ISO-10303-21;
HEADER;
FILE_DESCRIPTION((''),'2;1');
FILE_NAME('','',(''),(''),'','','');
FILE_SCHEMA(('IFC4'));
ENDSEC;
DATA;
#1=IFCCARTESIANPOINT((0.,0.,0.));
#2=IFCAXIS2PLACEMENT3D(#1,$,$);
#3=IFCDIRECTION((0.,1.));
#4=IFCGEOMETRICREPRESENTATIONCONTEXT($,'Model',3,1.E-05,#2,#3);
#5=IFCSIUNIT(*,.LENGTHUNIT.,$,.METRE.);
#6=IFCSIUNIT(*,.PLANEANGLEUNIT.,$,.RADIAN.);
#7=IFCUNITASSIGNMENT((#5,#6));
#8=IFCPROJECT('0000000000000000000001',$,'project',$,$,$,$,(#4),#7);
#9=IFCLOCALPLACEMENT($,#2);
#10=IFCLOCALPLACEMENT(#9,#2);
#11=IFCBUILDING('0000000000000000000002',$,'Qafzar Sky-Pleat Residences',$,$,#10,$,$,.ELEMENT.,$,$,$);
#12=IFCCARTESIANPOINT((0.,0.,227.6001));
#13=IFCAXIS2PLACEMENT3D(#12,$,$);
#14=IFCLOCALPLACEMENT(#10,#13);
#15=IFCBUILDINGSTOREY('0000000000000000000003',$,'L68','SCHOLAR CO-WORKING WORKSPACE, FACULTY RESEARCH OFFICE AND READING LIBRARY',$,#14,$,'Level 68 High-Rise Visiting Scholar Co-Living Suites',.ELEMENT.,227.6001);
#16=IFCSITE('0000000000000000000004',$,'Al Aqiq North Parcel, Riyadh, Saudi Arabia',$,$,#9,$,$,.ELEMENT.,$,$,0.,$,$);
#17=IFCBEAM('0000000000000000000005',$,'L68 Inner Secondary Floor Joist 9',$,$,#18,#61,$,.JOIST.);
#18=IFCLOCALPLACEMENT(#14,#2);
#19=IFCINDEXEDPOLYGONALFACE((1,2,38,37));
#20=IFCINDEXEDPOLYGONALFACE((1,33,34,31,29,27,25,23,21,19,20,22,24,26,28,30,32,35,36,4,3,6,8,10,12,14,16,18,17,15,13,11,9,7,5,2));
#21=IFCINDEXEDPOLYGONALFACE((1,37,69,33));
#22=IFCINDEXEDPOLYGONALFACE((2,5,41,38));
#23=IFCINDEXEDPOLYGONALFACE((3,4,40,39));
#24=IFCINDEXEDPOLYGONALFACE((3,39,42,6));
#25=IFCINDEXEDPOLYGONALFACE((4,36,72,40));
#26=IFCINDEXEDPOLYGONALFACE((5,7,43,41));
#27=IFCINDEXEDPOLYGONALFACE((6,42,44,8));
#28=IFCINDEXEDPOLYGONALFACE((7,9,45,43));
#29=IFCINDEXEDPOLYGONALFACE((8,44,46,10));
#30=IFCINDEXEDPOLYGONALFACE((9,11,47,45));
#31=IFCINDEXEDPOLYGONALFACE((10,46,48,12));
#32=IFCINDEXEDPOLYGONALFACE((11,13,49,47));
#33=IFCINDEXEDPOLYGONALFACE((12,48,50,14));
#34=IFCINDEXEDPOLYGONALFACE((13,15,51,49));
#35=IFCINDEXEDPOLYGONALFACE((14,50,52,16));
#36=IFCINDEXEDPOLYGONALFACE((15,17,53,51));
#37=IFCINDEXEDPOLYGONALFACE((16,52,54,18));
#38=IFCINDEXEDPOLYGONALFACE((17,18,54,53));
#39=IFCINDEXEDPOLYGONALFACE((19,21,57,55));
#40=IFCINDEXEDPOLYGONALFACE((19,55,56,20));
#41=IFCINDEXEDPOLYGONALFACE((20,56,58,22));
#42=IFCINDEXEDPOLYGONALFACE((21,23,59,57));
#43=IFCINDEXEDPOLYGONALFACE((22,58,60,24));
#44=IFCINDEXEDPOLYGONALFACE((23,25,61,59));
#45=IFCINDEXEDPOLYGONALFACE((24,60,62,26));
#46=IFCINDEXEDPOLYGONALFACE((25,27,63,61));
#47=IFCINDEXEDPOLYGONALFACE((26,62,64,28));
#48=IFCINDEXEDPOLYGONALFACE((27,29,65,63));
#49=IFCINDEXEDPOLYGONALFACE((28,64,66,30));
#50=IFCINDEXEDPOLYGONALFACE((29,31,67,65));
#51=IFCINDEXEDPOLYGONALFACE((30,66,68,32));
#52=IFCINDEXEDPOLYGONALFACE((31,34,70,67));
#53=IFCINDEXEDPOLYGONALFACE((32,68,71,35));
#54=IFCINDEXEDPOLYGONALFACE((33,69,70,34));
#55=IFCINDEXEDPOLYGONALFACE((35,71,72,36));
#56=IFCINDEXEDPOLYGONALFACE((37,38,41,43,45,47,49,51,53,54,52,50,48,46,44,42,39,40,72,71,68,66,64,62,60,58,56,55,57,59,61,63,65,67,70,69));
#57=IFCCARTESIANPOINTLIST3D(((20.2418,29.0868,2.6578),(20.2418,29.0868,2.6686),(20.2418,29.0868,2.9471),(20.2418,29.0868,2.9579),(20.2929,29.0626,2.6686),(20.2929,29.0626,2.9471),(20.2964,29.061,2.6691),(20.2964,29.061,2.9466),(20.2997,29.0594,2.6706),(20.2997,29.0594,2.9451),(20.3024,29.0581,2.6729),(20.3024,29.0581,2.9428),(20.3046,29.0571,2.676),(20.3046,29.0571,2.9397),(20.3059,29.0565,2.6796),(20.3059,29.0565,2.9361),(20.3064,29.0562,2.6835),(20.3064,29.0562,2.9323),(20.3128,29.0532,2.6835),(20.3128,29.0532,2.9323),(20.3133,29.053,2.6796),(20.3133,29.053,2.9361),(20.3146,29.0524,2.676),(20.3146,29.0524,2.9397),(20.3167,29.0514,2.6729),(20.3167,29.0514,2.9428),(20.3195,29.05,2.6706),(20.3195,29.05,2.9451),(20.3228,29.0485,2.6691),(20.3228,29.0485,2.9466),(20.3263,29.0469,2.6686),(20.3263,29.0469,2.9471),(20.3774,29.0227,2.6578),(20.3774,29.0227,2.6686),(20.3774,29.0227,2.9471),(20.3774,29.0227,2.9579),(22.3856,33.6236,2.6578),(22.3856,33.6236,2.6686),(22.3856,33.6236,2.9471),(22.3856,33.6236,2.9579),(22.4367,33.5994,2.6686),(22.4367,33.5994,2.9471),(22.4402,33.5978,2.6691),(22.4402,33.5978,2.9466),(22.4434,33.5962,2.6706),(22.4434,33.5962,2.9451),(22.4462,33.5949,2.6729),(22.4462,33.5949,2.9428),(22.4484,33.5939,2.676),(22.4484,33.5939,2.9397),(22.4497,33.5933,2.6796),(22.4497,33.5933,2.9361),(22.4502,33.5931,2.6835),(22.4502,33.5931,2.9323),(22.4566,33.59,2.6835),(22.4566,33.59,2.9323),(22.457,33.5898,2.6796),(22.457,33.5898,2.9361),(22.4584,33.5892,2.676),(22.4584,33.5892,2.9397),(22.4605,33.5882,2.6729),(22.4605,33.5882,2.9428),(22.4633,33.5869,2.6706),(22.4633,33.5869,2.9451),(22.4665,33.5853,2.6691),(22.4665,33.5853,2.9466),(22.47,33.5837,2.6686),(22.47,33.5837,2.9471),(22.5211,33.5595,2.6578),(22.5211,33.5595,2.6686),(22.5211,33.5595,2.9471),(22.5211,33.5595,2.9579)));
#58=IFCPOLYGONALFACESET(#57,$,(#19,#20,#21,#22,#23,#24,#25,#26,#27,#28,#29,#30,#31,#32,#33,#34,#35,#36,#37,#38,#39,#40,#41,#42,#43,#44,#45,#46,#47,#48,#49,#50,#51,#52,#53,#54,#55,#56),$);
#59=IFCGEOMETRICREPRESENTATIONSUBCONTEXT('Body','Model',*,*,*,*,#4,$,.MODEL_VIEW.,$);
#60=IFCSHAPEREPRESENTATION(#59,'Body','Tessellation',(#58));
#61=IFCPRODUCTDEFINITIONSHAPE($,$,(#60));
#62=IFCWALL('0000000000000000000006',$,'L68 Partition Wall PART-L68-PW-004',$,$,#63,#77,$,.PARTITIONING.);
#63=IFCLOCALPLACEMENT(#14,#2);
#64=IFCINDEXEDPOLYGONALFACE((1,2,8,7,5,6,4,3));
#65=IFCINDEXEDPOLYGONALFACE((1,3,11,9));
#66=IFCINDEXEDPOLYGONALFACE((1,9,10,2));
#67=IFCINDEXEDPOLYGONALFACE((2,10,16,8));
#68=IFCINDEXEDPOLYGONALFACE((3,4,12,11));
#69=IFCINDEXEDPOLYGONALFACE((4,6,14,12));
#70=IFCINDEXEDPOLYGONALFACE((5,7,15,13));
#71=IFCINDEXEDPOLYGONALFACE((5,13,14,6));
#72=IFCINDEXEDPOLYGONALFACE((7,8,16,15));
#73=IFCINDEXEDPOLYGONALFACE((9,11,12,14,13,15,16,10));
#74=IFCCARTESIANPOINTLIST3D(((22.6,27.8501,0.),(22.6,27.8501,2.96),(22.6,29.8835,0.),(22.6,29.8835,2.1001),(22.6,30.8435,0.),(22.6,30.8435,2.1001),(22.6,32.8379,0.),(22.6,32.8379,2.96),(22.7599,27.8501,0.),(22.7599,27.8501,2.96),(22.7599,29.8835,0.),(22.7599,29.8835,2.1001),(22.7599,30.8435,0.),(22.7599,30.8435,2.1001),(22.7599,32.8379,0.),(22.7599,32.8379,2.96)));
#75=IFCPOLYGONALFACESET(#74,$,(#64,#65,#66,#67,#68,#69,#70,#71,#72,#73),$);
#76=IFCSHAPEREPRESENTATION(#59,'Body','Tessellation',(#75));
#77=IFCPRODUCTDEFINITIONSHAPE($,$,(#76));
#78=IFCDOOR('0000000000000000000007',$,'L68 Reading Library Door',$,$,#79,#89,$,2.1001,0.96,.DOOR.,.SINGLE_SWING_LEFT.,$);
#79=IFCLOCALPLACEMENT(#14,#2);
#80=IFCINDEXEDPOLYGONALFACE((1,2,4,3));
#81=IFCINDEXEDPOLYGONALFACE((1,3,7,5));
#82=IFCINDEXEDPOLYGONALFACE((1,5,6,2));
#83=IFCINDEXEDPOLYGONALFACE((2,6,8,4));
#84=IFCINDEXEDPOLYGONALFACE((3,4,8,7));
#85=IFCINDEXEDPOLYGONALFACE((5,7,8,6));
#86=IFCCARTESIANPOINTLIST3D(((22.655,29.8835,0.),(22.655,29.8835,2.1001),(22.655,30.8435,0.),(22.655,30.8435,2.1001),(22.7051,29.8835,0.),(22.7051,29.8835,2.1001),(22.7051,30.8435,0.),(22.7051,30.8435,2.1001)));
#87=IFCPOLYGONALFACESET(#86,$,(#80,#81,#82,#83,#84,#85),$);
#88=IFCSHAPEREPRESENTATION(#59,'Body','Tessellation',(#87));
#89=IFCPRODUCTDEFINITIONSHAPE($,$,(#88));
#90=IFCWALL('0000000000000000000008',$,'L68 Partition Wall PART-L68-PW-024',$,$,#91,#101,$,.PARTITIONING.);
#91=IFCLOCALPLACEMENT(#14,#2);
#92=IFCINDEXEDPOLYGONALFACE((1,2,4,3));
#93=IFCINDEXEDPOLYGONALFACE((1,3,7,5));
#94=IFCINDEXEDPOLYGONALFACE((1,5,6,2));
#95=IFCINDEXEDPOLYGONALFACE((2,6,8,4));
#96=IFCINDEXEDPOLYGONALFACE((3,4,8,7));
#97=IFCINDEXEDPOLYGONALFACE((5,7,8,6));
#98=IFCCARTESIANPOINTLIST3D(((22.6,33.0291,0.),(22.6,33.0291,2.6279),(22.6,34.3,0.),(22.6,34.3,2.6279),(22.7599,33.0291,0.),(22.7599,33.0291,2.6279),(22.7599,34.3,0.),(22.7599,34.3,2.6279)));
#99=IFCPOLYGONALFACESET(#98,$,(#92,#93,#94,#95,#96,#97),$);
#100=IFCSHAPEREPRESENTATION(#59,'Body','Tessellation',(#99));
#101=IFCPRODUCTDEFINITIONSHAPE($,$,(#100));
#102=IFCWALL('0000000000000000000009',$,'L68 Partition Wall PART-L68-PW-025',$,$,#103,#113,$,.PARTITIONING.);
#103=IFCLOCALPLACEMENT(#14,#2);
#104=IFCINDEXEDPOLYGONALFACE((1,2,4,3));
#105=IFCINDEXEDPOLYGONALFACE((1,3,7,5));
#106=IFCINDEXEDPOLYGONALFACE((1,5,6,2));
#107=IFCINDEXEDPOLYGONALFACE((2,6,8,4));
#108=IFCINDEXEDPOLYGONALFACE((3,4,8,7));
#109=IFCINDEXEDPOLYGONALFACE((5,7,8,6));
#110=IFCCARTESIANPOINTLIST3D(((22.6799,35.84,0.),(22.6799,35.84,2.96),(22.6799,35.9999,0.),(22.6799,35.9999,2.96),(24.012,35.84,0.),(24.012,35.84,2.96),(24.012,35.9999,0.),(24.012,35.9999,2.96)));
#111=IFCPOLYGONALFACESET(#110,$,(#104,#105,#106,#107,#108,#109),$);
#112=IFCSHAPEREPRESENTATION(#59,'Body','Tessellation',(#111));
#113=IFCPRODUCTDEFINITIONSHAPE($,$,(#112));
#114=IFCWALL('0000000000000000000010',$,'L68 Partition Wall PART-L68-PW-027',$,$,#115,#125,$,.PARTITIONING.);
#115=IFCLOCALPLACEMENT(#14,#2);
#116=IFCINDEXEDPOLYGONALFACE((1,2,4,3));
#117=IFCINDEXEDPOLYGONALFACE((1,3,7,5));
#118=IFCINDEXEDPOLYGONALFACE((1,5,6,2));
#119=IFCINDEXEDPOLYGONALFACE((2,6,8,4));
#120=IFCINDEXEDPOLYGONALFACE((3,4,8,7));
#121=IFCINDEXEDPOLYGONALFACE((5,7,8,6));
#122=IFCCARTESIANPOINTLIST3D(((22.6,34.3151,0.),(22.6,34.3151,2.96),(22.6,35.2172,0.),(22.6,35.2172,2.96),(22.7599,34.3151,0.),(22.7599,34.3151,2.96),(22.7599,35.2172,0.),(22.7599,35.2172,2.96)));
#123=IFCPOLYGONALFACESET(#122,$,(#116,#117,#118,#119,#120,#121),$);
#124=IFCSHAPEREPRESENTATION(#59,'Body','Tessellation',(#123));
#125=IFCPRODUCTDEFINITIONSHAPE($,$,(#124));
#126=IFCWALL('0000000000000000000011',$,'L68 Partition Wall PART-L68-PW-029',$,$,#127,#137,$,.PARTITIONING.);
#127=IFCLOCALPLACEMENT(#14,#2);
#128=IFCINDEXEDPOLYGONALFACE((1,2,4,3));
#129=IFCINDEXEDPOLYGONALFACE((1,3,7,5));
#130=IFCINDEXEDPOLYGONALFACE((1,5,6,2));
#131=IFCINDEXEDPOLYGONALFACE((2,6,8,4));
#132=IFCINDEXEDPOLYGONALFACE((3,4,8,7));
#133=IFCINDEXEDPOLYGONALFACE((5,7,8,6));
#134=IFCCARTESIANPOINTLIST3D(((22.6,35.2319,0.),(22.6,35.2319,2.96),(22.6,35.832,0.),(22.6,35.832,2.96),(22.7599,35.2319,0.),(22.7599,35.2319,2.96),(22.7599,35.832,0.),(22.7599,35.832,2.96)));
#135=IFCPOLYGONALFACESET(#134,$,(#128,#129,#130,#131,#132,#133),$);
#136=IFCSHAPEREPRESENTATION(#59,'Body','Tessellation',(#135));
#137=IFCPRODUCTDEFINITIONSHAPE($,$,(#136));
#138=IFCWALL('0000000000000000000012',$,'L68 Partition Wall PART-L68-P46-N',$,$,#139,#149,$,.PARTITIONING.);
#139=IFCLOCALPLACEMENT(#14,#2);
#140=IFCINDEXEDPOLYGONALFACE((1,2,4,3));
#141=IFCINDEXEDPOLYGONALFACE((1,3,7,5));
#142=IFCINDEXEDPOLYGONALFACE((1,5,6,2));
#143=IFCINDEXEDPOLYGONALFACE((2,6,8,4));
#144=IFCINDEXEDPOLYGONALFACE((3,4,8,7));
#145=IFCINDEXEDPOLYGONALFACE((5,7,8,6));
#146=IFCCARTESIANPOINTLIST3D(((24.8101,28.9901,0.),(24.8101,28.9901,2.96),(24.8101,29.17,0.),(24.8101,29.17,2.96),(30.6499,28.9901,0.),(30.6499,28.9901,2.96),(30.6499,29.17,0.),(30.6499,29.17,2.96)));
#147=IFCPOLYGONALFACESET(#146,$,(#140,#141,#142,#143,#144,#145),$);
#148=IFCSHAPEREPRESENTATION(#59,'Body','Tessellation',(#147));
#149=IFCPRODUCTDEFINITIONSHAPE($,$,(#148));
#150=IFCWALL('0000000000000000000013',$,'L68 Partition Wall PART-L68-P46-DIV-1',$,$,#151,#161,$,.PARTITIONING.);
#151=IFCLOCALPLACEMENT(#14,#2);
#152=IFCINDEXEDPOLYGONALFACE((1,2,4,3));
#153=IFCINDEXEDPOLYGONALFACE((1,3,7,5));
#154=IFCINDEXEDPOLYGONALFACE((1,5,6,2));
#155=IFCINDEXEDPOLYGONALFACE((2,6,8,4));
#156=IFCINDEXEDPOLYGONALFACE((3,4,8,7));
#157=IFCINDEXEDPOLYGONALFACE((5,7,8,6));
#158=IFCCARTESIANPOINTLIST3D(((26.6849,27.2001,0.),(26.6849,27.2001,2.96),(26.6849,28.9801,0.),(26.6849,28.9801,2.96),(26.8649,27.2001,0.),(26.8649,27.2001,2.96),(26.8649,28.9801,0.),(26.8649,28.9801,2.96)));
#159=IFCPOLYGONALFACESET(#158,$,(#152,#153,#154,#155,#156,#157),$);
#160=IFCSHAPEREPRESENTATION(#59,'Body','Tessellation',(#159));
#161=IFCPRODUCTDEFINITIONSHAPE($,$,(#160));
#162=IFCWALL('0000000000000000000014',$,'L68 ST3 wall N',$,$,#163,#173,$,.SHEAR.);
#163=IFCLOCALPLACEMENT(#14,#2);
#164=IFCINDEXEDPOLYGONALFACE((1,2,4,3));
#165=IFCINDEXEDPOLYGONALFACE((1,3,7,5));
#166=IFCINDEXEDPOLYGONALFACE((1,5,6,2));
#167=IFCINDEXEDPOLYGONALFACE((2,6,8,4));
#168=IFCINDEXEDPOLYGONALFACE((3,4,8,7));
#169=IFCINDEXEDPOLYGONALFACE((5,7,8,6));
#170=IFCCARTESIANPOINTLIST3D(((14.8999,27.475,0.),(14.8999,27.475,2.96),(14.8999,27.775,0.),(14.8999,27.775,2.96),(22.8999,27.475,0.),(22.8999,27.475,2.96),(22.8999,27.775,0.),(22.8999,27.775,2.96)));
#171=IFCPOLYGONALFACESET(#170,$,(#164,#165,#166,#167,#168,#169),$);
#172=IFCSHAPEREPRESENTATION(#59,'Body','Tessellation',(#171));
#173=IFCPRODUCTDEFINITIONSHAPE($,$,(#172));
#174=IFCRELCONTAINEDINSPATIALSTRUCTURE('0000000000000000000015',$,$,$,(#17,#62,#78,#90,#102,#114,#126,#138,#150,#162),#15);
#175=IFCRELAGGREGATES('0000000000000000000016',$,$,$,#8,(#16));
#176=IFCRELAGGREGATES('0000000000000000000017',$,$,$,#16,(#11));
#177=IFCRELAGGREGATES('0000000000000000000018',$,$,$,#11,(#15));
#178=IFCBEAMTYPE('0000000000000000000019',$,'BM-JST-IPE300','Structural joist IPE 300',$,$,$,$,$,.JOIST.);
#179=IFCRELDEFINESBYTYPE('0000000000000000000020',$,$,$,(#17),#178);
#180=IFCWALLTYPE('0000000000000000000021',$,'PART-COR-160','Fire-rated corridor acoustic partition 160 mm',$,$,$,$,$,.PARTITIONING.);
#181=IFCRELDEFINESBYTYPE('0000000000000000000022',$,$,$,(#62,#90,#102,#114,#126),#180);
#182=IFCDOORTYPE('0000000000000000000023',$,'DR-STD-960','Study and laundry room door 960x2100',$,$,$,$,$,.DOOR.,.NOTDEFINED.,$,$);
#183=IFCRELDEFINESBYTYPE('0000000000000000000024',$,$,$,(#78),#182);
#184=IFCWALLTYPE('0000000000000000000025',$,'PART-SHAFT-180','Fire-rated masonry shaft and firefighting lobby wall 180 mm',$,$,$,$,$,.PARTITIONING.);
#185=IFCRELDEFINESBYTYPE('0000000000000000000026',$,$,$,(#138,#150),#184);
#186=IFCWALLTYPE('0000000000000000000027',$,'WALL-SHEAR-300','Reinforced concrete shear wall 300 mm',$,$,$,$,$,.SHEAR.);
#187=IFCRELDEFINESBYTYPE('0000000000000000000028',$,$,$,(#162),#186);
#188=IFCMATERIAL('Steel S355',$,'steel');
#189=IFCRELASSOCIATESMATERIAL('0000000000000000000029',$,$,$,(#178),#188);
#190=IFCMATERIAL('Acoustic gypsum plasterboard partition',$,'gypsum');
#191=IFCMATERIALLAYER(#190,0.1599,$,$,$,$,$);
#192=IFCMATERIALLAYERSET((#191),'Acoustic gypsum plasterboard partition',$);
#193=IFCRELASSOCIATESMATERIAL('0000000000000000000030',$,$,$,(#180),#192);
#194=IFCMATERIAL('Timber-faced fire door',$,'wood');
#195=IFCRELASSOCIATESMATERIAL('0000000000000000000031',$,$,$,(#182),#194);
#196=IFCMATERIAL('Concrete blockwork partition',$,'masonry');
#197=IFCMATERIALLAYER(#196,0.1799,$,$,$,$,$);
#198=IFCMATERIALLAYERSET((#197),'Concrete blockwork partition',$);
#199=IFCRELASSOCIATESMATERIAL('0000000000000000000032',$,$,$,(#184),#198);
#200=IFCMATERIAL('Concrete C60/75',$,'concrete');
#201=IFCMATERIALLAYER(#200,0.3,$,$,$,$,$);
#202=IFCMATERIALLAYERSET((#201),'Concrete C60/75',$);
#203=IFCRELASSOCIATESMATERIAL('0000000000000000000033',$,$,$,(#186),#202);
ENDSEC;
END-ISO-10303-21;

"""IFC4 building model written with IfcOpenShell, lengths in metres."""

from ifc_helpers import new_model, si_unit, direction, frame, frame_2d, origin, origin_2d, place, context, subcontext, project, spatial, rectangle, i_section, extrude, source, transform, mapped, material, layer, layer_set, material_profile, profile_set, type_object, element, fill, save


model = new_model("IFC4")

# Units and contexts
model_context = context("Model", 3, precision=1e-05, world=origin(), true_north=direction((0.0, 1.0)))
body_context = subcontext(model_context, "Body", "Model", "MODEL_VIEW")
ifc_project = project(units=[si_unit("LENGTHUNIT", "METRE"), si_unit("PLANEANGLEUNIT", "RADIAN")], contexts=[model_context])

# Site, building, storey
site_placement = place(None, origin())
site = spatial("IfcSite", under=ifc_project, at=site_placement, Name="Al Aqiq North Parcel, Riyadh, Saudi Arabia", CompositionType="ELEMENT", RefElevation=0.0)
building_placement = place(site_placement, origin())
building = spatial("IfcBuilding", under=site, at=building_placement, Name="Qafzar Sky-Pleat Residences", CompositionType="ELEMENT")
storey_placement = place(building_placement, frame((0.0, 0.0, 227.6001)))
storey = spatial("IfcBuildingStorey", under=building, at=storey_placement, Name="L68", Description="SCHOLAR CO-WORKING WORKSPACE, FACULTY RESEARCH OFFICE AND READING LIBRARY", LongName="Level 68 High-Rise Visiting Scholar Co-Living Suites", CompositionType="ELEMENT", Elevation=227.6001)

# Beam
ifc_material_1 = material(Name="Steel S355", Category="steel")
ifc_material_profile = material_profile(ifc_material_1, i_section(OverallWidth=0.1499, OverallDepth=0.3, WebThickness=0.0071, FlangeThickness=0.0107, FilletRadius=0.0149, at=origin_2d()), Name="IPE 300")
ifc_profile_set = profile_set([ifc_material_profile], Name="Steel S355")
beam_type = type_object("IfcBeamType", Name="BM-JST-IPE300", Description="Structural joist IPE 300", PredefinedType="JOIST", material=ifc_profile_set)
shared_shape_1 = source(origin(), body_context, "Body", "SweptSolid", [
    extrude(i_section(OverallWidth=0.1499, OverallDepth=0.3, WebThickness=0.0071, FlangeThickness=0.0107, FilletRadius=0.0149, at=origin_2d()), origin(), (0.0, 0.0, 1.0), 5.0178),
])
beam_placement = place(storey_placement, frame((22.4534, 33.5916, 2.8079), z_axis=(-0.427233, -0.904142, 0.0), x_axis=(0.904142, -0.427233, 0.0)))
element("IfcBeam", 1, at=beam_placement, inside=storey, type_object=beam_type, Name="L68 Inner Secondary Floor Joist 9", PredefinedType="JOIST", context=body_context, shape_type="MappedRepresentation", body=[
    mapped(shared_shape_1, transform((0.0, 0.0, 0.0), x_axis=(1.0, 0.0, 0.0), y_axis=(0.0, 1.0, 0.0), z_axis=(0.0, 0.0, 1.0), scale=1.0)),
])

# Wall, opening, door
ifc_material_2 = material(Name="Acoustic gypsum plasterboard partition", Category="gypsum")
ifc_layer_1 = layer(ifc_material_2, 0.1599)
ifc_layer_set_1 = layer_set([ifc_layer_1], Name="Acoustic gypsum plasterboard partition")
wall_type_1 = type_object("IfcWallType", Name="PART-COR-160", Description="Fire-rated corridor acoustic partition 160 mm", PredefinedType="PARTITIONING", material=ifc_layer_set_1)
wall_1_placement = place(storey_placement, frame((22.6799, 27.8501, 0.0), z_axis=(0.0, 0.0, 1.0), x_axis=(0.0, 1.0, 0.0)))
wall_1 = element("IfcWall", 2, at=wall_1_placement, inside=storey, type_object=wall_type_1, Name="L68 Partition Wall PART-L68-PW-004", PredefinedType="PARTITIONING", context=body_context, shape_type="SweptSolid", body=[
    extrude(rectangle(XDim=4.9878, YDim=0.1599, at=frame_2d((2.4939, 0.0))), origin(), (0.0, 0.0, 1.0), 2.96),
])
opening_1_placement = place(wall_1_placement, frame((2.0334, 0.0, 0.0)))
opening_1 = element("IfcOpeningElement", 3, at=opening_1_placement, cuts=wall_1, PredefinedType="OPENING", context=body_context, shape_type="SweptSolid", body=[
    extrude(rectangle(XDim=0.96, YDim=2.1001, at=frame_2d((0.48, 1.05))), frame((0.0, 0.0898, 0.0), z_axis=(0.0, -1.0, 0.0), x_axis=(1.0, 0.0, 0.0)), (0.0, 0.0, 1.0), 0.1799),
])
ifc_material_3 = material(Name="Timber-faced fire door", Category="wood")
door_type_1 = type_object("IfcDoorType", Name="DR-STD-960", Description="Study and laundry room door 960x2100", OperationType="NOTDEFINED", PredefinedType="DOOR", material=ifc_material_3)
shared_shape_2 = source(origin(), body_context, "Body", "SweptSolid", [
    extrude(rectangle(XDim=0.96, YDim=2.1001, at=frame_2d((0.48, 1.05))), frame((0.0, 0.0249, 0.0), z_axis=(0.0, -1.0, 0.0), x_axis=(1.0, 0.0, 0.0)), (0.0, 0.0, 1.0), 0.05),
])
door_1_placement = place(opening_1_placement, origin())
door_1 = element("IfcDoor", 4, at=door_1_placement, inside=storey, type_object=door_type_1, Name="L68 Reading Library Door", OperationType="SINGLE_SWING_LEFT", OverallHeight=2.1001, OverallWidth=0.96, PredefinedType="DOOR", context=body_context, shape_type="MappedRepresentation", body=[
    mapped(shared_shape_2, transform((0.0, 0.0, 0.0), x_axis=(1.0, 0.0, 0.0), y_axis=(0.0, 1.0, 0.0), z_axis=(0.0, 0.0, 1.0), scale=1.0)),
])
fill(opening_1, door_1)

# Walls
wall_2_placement = place(storey_placement, frame((22.6799, 33.0291, 0.0), z_axis=(0.0, 0.0, 1.0), x_axis=(0.0, 1.0, 0.0)))
element("IfcWall", 5, at=wall_2_placement, inside=storey, type_object=wall_type_1, Name="L68 Partition Wall PART-L68-PW-024", PredefinedType="PARTITIONING", context=body_context, shape_type="SweptSolid", body=[
    extrude(rectangle(XDim=1.271, YDim=0.1599, at=frame_2d((0.6355, 0.0))), origin(), (0.0, 0.0, 1.0), 2.6279),
])
wall_3_placement = place(storey_placement, frame((22.6799, 35.9199, 0.0), z_axis=(0.0, 0.0, 1.0), x_axis=(1.0, 0.0, 0.0)))
element("IfcWall", 6, at=wall_3_placement, inside=storey, type_object=wall_type_1, Name="L68 Partition Wall PART-L68-PW-025", PredefinedType="PARTITIONING", context=body_context, shape_type="SweptSolid", body=[
    extrude(rectangle(XDim=1.332, YDim=0.1599, at=frame_2d((0.666, 0.0))), origin(), (0.0, 0.0, 1.0), 2.96),
])
wall_4_placement = place(storey_placement, frame((22.6799, 34.3149, 0.0), z_axis=(0.0, 0.0, 1.0), x_axis=(0.0, 1.0, 0.0)))
element("IfcWall", 7, at=wall_4_placement, inside=storey, type_object=wall_type_1, Name="L68 Partition Wall PART-L68-PW-027", PredefinedType="PARTITIONING", context=body_context, shape_type="SweptSolid", body=[
    extrude(rectangle(XDim=0.9021, YDim=0.1599, at=frame_2d((0.4512, 0.0))), origin(), (0.0, 0.0, 1.0), 2.96),
])
wall_5_placement = place(storey_placement, frame((22.6799, 35.2319, 0.0), z_axis=(0.0, 0.0, 1.0), x_axis=(0.0, 1.0, 0.0)))
element("IfcWall", 8, at=wall_5_placement, inside=storey, type_object=wall_type_1, Name="L68 Partition Wall PART-L68-PW-029", PredefinedType="PARTITIONING", context=body_context, shape_type="SweptSolid", body=[
    extrude(rectangle(XDim=0.6001, YDim=0.1599, at=frame_2d((0.3, 0.0))), origin(), (0.0, 0.0, 1.0), 2.96),
])
ifc_material_4 = material(Name="Concrete blockwork partition", Category="masonry")
ifc_layer_2 = layer(ifc_material_4, 0.1799)
ifc_layer_set_2 = layer_set([ifc_layer_2], Name="Concrete blockwork partition")
wall_type_2 = type_object("IfcWallType", Name="PART-SHAFT-180", Description="Fire-rated masonry shaft and firefighting lobby wall 180 mm", PredefinedType="PARTITIONING", material=ifc_layer_set_2)
wall_6_placement = place(storey_placement, frame((24.8101, 29.0801, 0.0), z_axis=(0.0, 0.0, 1.0), x_axis=(1.0, 0.0, 0.0)))
element("IfcWall", 9, at=wall_6_placement, inside=storey, type_object=wall_type_2, Name="L68 Partition Wall PART-L68-P46-N", PredefinedType="PARTITIONING", context=body_context, shape_type="SweptSolid", body=[
    extrude(rectangle(XDim=5.8398, YDim=0.1799, at=frame_2d((2.9199, 0.0))), origin(), (0.0, 0.0, 1.0), 2.96),
])

# Wall
wall_7_placement = place(storey_placement, frame((26.7749, 27.2, 0.0), z_axis=(0.0, 0.0, 1.0), x_axis=(0.0, 1.0, 0.0)))
element("IfcWall", 10, at=wall_7_placement, inside=storey, type_object=wall_type_2, Name="L68 Partition Wall PART-L68-P46-DIV-1", PredefinedType="PARTITIONING", context=body_context, shape_type="SweptSolid", body=[
    extrude(rectangle(XDim=1.78, YDim=0.1799, at=frame_2d((0.8901, 0.0))), origin(), (0.0, 0.0, 1.0), 2.96),
])

# Shared definitions
ifc_material_5 = material(Name="Concrete C60/75", Category="concrete")
ifc_layer_3 = layer(ifc_material_5, 0.3)
ifc_layer_set_3 = layer_set([ifc_layer_3], Name="Concrete C60/75")
wall_type_3 = type_object("IfcWallType", Name="WALL-SHEAR-300", Description="Reinforced concrete shear wall 300 mm", PredefinedType="SHEAR", material=ifc_layer_set_3)

# Wall
wall_8_placement = place(storey_placement, frame((22.8999, 27.625, 0.0), z_axis=(0.0, 0.0, 1.0), x_axis=(-1.0, 0.0, 0.0)))
element("IfcWall", 11, at=wall_8_placement, inside=storey, type_object=wall_type_3, Name="L68 ST3 wall N", PredefinedType="SHEAR", context=body_context, shape_type="SweptSolid", body=[
    extrude(rectangle(XDim=8.0, YDim=0.3, at=frame_2d((4.0, 0.0))), origin(), (0.0, 0.0, 1.0), 2.96),
])

save(model, "model.ifc")
